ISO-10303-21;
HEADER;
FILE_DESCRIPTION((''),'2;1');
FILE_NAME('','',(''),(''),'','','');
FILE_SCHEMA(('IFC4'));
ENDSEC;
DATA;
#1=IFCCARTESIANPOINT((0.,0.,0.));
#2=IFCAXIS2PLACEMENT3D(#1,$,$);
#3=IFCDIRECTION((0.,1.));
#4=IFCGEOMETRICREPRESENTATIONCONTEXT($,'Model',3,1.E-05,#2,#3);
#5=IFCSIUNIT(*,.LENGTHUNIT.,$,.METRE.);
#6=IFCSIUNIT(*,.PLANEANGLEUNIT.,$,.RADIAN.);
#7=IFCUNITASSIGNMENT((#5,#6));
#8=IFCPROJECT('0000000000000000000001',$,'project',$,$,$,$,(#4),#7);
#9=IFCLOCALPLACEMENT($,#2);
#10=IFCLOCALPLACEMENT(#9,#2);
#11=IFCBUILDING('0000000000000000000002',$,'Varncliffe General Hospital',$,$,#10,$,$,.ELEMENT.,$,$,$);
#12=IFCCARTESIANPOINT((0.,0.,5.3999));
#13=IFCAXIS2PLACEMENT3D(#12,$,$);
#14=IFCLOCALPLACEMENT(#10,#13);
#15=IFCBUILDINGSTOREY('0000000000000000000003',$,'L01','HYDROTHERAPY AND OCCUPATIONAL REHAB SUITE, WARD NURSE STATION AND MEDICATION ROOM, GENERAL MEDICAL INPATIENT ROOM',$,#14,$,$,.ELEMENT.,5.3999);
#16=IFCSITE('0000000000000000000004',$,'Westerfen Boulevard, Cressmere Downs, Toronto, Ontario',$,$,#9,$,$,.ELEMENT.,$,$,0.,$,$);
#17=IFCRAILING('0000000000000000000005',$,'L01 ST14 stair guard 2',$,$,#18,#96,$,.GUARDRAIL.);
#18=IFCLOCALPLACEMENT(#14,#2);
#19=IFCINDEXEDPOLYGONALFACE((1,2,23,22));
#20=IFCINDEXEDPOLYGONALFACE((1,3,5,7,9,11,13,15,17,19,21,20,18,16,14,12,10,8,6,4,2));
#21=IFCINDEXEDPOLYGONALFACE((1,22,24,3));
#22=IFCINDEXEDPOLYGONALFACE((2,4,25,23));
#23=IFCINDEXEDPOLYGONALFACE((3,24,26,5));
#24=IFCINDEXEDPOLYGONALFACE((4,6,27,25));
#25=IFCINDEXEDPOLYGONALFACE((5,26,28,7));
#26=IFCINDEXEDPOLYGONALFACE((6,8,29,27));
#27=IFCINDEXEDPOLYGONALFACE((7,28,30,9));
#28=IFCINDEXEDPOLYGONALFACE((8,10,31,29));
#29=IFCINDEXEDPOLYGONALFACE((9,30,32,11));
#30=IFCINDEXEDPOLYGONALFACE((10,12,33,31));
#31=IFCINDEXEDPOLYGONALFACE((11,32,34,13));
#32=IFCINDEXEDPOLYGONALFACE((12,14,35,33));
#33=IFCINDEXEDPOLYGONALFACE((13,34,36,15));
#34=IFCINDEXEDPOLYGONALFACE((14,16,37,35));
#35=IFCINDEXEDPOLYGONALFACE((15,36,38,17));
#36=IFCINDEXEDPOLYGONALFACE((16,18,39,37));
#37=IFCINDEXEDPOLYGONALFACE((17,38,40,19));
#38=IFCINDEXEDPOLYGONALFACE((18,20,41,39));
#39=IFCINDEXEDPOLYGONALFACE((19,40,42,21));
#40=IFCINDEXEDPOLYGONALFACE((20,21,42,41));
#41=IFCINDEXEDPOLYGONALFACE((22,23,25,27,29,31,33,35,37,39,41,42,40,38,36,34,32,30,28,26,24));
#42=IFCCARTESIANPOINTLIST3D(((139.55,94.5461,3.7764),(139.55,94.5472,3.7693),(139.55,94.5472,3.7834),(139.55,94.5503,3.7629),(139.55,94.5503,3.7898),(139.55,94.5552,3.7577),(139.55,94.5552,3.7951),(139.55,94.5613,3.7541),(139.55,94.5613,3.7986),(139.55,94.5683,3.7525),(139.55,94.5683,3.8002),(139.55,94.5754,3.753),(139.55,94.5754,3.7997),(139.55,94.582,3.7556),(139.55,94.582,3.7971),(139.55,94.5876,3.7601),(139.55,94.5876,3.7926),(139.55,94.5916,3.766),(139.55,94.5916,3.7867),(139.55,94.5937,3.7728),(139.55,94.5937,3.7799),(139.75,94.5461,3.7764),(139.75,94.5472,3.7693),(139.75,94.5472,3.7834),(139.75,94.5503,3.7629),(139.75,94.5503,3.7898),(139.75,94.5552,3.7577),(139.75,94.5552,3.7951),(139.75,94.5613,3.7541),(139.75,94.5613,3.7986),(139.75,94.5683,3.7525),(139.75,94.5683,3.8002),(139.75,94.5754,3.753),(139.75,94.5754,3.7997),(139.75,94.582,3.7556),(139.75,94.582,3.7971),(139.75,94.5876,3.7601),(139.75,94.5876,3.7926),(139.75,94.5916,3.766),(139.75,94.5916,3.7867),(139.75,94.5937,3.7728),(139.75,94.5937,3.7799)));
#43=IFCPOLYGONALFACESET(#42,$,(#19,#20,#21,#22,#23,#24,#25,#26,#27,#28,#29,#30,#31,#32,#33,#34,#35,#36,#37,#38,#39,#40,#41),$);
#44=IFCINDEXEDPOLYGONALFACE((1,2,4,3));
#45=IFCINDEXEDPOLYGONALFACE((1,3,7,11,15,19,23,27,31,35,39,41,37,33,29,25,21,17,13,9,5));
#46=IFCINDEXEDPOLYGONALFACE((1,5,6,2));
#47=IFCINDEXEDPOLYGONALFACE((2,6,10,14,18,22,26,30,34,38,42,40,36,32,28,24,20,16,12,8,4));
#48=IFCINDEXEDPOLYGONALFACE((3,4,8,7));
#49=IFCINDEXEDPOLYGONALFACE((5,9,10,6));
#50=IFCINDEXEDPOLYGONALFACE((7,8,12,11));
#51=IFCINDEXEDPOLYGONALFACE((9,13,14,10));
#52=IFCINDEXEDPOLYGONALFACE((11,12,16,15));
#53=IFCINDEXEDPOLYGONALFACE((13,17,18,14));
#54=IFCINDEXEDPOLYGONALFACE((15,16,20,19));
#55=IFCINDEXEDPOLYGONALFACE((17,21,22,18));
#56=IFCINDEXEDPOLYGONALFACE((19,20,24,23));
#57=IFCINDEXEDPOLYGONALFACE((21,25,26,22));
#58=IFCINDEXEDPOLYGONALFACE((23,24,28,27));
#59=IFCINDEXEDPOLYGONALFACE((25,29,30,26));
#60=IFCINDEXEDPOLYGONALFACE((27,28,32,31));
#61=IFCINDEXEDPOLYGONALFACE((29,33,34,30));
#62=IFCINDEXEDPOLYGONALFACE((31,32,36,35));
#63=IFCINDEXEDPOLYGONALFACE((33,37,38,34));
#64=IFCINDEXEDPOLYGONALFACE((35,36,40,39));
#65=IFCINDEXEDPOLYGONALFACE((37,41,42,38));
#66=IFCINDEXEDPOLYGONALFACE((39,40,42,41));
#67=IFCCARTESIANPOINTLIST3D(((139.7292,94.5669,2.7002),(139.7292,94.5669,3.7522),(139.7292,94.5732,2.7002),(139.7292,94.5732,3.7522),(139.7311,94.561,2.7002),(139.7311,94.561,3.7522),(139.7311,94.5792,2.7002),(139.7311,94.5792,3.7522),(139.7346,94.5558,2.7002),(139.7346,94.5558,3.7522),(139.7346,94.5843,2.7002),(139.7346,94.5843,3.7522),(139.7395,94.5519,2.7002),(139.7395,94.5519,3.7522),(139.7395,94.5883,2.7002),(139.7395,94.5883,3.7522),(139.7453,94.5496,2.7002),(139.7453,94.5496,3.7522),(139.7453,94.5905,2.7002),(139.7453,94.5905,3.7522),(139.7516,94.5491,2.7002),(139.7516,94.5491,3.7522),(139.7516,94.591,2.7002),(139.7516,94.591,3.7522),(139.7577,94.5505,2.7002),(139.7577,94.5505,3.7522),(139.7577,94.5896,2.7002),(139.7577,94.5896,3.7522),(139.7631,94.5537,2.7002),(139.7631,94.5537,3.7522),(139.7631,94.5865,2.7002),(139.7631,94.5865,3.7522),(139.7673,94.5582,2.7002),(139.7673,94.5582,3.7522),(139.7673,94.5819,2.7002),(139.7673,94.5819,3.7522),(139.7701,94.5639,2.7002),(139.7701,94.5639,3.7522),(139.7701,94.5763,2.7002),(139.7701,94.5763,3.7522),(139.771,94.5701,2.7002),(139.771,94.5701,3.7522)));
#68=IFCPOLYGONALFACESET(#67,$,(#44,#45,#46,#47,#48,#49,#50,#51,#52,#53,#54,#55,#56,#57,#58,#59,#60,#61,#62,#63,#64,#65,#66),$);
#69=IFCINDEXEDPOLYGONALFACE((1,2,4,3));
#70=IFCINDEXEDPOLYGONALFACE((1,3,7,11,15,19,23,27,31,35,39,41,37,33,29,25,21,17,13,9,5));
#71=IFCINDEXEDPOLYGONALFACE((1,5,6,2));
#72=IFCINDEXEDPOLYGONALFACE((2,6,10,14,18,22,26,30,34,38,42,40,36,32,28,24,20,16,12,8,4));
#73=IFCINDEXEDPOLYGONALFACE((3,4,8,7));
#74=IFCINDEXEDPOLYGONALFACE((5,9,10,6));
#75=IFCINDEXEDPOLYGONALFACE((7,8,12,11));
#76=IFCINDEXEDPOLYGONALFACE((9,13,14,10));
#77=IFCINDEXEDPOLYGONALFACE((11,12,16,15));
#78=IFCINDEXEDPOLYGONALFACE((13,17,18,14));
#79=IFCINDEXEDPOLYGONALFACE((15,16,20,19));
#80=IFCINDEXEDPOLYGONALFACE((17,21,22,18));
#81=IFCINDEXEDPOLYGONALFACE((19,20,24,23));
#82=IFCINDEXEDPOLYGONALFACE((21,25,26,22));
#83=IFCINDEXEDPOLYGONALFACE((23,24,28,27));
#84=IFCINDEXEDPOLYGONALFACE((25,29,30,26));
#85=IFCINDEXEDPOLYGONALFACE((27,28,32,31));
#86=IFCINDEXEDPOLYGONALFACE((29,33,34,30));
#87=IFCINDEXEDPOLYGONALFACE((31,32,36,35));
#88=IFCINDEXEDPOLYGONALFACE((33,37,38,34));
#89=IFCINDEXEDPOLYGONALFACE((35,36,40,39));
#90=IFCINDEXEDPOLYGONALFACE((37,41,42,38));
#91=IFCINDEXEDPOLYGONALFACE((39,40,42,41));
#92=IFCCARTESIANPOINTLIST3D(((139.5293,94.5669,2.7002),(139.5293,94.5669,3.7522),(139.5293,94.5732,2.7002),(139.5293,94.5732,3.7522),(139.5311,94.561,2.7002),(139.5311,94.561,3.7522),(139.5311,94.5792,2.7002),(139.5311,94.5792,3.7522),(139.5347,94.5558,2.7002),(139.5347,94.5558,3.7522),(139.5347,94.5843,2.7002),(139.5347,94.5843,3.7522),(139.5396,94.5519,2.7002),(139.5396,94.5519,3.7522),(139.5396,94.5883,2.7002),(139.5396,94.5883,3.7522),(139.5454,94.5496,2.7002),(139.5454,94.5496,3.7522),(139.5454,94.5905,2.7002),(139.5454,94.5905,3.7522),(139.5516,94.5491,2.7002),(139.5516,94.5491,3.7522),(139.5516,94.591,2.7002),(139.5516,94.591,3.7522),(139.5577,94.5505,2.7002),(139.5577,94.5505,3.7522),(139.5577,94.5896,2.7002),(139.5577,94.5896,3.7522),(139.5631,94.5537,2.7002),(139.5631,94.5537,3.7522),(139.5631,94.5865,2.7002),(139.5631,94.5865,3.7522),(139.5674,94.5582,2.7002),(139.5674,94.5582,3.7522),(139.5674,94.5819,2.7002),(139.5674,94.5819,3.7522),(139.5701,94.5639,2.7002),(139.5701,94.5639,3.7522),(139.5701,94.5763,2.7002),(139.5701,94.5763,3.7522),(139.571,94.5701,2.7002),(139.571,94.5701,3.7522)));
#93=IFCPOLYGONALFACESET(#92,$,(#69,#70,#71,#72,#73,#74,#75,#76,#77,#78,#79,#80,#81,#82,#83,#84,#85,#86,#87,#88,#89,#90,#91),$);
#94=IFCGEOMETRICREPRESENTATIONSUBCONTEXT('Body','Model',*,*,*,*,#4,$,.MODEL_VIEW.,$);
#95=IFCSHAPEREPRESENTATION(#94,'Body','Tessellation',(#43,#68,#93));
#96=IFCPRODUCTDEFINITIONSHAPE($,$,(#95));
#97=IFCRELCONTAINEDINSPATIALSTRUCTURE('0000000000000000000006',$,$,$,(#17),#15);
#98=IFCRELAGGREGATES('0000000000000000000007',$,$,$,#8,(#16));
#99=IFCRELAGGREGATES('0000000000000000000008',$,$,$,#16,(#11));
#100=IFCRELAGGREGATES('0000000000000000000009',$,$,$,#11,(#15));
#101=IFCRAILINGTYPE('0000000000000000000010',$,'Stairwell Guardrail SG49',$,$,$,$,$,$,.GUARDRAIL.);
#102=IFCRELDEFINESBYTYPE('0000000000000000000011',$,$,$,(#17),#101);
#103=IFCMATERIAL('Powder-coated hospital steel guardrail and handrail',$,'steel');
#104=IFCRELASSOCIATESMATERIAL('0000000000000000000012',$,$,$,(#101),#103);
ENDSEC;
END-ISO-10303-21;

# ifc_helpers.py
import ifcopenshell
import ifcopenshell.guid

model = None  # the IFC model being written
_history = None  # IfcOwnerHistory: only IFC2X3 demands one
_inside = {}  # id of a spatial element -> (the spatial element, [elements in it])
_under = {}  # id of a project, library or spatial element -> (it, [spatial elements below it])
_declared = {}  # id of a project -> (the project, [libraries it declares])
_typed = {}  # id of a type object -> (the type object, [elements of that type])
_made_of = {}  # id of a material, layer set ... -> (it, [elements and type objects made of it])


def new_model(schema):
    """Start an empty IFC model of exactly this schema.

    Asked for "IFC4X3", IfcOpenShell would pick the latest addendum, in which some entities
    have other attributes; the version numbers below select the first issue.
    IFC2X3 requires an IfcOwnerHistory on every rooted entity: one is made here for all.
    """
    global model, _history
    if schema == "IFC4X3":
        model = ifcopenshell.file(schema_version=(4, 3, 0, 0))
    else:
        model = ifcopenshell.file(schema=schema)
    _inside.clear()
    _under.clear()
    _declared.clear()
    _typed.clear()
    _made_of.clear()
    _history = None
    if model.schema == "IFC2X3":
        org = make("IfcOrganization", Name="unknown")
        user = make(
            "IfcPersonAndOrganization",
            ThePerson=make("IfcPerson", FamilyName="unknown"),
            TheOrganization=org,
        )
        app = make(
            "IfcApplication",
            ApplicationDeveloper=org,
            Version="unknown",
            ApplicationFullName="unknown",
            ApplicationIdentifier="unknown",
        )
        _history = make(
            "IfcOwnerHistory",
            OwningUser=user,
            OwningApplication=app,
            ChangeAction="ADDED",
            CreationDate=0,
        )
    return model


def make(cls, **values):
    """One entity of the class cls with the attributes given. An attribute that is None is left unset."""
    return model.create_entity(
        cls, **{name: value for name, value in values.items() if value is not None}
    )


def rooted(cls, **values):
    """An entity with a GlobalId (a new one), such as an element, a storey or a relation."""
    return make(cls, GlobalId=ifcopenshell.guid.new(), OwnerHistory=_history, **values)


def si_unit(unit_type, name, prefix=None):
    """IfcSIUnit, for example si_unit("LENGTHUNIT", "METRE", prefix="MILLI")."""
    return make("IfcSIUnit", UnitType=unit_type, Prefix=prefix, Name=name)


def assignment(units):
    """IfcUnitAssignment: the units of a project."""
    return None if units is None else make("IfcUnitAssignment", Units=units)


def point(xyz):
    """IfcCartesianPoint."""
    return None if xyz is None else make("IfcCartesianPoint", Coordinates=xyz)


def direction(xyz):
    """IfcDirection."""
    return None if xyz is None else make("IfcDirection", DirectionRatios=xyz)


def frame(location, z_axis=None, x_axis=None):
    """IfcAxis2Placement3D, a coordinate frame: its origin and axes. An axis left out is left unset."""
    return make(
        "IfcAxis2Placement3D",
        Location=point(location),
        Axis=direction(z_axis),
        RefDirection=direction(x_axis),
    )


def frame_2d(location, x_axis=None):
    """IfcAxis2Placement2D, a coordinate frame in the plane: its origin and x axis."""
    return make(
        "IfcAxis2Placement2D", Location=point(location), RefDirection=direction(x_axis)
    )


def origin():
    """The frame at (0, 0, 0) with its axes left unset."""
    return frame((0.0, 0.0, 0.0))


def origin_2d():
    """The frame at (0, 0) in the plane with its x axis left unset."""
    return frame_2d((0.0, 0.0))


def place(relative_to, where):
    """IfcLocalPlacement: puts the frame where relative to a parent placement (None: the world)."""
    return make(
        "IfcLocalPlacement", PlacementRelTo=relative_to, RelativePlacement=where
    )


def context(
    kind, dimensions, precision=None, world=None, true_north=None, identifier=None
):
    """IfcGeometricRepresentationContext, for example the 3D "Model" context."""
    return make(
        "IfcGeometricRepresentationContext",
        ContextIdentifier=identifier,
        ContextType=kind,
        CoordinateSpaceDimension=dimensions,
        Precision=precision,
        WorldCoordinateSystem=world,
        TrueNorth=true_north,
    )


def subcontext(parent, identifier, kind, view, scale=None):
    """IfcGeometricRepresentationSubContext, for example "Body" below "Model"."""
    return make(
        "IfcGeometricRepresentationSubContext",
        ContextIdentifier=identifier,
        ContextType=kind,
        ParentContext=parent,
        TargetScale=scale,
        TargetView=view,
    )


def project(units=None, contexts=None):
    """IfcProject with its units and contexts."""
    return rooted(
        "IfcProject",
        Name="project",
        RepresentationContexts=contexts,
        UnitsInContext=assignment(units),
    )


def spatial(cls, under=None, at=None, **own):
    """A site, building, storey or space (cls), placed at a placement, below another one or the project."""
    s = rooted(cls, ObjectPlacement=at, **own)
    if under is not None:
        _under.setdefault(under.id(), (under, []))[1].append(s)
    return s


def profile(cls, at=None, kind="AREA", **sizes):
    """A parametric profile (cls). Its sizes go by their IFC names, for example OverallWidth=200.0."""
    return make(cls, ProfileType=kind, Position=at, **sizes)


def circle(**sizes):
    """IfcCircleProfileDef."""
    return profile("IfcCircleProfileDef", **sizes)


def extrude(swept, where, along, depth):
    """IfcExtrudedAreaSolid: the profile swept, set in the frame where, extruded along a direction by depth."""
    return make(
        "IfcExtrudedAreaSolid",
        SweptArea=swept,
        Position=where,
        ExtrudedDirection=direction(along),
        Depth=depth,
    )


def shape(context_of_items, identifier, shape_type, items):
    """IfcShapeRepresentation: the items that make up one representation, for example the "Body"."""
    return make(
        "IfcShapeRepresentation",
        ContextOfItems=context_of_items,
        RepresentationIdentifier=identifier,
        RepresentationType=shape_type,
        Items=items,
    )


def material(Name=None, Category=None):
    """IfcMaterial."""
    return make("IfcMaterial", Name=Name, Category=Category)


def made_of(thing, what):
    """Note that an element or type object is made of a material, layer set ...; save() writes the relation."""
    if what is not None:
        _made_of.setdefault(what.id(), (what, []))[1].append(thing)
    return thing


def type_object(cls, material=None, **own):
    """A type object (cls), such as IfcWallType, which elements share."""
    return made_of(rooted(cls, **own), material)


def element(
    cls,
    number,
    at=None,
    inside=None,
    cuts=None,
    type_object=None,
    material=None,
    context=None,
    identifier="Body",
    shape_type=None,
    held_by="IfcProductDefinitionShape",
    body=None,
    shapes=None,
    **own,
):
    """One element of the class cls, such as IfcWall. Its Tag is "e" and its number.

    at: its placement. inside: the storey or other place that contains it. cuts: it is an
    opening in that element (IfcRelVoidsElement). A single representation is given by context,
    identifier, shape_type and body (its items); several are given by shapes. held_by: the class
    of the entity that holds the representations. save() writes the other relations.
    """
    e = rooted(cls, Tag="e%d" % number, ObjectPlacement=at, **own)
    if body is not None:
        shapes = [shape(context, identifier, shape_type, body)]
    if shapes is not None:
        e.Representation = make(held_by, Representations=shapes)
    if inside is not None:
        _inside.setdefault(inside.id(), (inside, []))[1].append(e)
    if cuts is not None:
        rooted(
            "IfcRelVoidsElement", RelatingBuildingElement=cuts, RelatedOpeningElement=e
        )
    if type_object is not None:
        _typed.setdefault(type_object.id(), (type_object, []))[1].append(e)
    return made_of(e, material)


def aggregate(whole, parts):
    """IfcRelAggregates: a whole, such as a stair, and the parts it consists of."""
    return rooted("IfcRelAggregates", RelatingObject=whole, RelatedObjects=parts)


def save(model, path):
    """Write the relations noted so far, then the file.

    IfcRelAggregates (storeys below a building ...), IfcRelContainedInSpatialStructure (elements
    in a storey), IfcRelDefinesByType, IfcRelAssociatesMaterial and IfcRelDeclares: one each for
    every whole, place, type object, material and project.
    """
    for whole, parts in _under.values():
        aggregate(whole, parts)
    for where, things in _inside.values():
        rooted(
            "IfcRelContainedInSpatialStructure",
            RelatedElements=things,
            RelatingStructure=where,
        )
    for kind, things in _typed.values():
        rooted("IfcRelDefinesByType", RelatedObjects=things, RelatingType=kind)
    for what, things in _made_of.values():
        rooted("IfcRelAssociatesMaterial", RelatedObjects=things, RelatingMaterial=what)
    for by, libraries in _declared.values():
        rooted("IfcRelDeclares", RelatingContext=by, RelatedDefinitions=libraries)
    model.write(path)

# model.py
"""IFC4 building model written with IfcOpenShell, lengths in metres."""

from ifc_helpers import new_model, si_unit, direction, frame, origin, origin_2d, place, context, subcontext, project, spatial, circle, extrude, material, type_object, element, save


model = new_model("IFC4")

# Units and contexts
model_context = context("Model", 3, precision=1e-05, world=origin(), true_north=direction((0.0, 1.0)))
body_context = subcontext(model_context, "Body", "Model", "MODEL_VIEW")
ifc_project = project(units=[si_unit("LENGTHUNIT", "METRE"), si_unit("PLANEANGLEUNIT", "RADIAN")], contexts=[model_context])

# Site, building, storey
site_placement = place(None, origin())
site = spatial("IfcSite", under=ifc_project, at=site_placement, Name="Westerfen Boulevard, Cressmere Downs, Toronto, Ontario", CompositionType="ELEMENT", RefElevation=0.0)
building_placement = place(site_placement, origin())
building = spatial("IfcBuilding", under=site, at=building_placement, Name="Varncliffe General Hospital", CompositionType="ELEMENT")
storey_placement = place(building_placement, frame((0.0, 0.0, 5.3999)))
storey = spatial("IfcBuildingStorey", under=building, at=storey_placement, Name="L01", Description="HYDROTHERAPY AND OCCUPATIONAL REHAB SUITE, WARD NURSE STATION AND MEDICATION ROOM, GENERAL MEDICAL INPATIENT ROOM", CompositionType="ELEMENT", Elevation=5.3999)

# Railing
ifc_material_1 = material(Name="Powder-coated hospital steel guardrail and handrail", Category="steel")
railing_type_1 = type_object("IfcRailingType", Name="Stairwell Guardrail SG49", PredefinedType="GUARDRAIL", material=ifc_material_1)
railing_1_placement = place(storey_placement, frame((139.75, 94.5701, 2.7002)))
element("IfcRailing", 1, at=railing_1_placement, inside=storey, type_object=railing_type_1, Name="L01 ST14 stair guard 2", PredefinedType="GUARDRAIL", context=body_context, shape_type="SweptSolid", body=[
    extrude(circle(Radius=0.0239, at=origin_2d()), frame((0.0, 0.0, 1.0762), z_axis=(-1.0, 0.0, 0.0), x_axis=(0.0, -1.0, 0.0)), (0.0, 0.0, 1.0), 0.2),
    extrude(circle(Radius=0.021, at=origin_2d()), origin(), (0.0, 0.0, 1.0), 1.052),
    extrude(circle(Radius=0.021, at=origin_2d()), frame((-0.2, 0.0, 0.0)), (0.0, 0.0, 1.0), 1.052),
])

save(model, "model.ifc")
